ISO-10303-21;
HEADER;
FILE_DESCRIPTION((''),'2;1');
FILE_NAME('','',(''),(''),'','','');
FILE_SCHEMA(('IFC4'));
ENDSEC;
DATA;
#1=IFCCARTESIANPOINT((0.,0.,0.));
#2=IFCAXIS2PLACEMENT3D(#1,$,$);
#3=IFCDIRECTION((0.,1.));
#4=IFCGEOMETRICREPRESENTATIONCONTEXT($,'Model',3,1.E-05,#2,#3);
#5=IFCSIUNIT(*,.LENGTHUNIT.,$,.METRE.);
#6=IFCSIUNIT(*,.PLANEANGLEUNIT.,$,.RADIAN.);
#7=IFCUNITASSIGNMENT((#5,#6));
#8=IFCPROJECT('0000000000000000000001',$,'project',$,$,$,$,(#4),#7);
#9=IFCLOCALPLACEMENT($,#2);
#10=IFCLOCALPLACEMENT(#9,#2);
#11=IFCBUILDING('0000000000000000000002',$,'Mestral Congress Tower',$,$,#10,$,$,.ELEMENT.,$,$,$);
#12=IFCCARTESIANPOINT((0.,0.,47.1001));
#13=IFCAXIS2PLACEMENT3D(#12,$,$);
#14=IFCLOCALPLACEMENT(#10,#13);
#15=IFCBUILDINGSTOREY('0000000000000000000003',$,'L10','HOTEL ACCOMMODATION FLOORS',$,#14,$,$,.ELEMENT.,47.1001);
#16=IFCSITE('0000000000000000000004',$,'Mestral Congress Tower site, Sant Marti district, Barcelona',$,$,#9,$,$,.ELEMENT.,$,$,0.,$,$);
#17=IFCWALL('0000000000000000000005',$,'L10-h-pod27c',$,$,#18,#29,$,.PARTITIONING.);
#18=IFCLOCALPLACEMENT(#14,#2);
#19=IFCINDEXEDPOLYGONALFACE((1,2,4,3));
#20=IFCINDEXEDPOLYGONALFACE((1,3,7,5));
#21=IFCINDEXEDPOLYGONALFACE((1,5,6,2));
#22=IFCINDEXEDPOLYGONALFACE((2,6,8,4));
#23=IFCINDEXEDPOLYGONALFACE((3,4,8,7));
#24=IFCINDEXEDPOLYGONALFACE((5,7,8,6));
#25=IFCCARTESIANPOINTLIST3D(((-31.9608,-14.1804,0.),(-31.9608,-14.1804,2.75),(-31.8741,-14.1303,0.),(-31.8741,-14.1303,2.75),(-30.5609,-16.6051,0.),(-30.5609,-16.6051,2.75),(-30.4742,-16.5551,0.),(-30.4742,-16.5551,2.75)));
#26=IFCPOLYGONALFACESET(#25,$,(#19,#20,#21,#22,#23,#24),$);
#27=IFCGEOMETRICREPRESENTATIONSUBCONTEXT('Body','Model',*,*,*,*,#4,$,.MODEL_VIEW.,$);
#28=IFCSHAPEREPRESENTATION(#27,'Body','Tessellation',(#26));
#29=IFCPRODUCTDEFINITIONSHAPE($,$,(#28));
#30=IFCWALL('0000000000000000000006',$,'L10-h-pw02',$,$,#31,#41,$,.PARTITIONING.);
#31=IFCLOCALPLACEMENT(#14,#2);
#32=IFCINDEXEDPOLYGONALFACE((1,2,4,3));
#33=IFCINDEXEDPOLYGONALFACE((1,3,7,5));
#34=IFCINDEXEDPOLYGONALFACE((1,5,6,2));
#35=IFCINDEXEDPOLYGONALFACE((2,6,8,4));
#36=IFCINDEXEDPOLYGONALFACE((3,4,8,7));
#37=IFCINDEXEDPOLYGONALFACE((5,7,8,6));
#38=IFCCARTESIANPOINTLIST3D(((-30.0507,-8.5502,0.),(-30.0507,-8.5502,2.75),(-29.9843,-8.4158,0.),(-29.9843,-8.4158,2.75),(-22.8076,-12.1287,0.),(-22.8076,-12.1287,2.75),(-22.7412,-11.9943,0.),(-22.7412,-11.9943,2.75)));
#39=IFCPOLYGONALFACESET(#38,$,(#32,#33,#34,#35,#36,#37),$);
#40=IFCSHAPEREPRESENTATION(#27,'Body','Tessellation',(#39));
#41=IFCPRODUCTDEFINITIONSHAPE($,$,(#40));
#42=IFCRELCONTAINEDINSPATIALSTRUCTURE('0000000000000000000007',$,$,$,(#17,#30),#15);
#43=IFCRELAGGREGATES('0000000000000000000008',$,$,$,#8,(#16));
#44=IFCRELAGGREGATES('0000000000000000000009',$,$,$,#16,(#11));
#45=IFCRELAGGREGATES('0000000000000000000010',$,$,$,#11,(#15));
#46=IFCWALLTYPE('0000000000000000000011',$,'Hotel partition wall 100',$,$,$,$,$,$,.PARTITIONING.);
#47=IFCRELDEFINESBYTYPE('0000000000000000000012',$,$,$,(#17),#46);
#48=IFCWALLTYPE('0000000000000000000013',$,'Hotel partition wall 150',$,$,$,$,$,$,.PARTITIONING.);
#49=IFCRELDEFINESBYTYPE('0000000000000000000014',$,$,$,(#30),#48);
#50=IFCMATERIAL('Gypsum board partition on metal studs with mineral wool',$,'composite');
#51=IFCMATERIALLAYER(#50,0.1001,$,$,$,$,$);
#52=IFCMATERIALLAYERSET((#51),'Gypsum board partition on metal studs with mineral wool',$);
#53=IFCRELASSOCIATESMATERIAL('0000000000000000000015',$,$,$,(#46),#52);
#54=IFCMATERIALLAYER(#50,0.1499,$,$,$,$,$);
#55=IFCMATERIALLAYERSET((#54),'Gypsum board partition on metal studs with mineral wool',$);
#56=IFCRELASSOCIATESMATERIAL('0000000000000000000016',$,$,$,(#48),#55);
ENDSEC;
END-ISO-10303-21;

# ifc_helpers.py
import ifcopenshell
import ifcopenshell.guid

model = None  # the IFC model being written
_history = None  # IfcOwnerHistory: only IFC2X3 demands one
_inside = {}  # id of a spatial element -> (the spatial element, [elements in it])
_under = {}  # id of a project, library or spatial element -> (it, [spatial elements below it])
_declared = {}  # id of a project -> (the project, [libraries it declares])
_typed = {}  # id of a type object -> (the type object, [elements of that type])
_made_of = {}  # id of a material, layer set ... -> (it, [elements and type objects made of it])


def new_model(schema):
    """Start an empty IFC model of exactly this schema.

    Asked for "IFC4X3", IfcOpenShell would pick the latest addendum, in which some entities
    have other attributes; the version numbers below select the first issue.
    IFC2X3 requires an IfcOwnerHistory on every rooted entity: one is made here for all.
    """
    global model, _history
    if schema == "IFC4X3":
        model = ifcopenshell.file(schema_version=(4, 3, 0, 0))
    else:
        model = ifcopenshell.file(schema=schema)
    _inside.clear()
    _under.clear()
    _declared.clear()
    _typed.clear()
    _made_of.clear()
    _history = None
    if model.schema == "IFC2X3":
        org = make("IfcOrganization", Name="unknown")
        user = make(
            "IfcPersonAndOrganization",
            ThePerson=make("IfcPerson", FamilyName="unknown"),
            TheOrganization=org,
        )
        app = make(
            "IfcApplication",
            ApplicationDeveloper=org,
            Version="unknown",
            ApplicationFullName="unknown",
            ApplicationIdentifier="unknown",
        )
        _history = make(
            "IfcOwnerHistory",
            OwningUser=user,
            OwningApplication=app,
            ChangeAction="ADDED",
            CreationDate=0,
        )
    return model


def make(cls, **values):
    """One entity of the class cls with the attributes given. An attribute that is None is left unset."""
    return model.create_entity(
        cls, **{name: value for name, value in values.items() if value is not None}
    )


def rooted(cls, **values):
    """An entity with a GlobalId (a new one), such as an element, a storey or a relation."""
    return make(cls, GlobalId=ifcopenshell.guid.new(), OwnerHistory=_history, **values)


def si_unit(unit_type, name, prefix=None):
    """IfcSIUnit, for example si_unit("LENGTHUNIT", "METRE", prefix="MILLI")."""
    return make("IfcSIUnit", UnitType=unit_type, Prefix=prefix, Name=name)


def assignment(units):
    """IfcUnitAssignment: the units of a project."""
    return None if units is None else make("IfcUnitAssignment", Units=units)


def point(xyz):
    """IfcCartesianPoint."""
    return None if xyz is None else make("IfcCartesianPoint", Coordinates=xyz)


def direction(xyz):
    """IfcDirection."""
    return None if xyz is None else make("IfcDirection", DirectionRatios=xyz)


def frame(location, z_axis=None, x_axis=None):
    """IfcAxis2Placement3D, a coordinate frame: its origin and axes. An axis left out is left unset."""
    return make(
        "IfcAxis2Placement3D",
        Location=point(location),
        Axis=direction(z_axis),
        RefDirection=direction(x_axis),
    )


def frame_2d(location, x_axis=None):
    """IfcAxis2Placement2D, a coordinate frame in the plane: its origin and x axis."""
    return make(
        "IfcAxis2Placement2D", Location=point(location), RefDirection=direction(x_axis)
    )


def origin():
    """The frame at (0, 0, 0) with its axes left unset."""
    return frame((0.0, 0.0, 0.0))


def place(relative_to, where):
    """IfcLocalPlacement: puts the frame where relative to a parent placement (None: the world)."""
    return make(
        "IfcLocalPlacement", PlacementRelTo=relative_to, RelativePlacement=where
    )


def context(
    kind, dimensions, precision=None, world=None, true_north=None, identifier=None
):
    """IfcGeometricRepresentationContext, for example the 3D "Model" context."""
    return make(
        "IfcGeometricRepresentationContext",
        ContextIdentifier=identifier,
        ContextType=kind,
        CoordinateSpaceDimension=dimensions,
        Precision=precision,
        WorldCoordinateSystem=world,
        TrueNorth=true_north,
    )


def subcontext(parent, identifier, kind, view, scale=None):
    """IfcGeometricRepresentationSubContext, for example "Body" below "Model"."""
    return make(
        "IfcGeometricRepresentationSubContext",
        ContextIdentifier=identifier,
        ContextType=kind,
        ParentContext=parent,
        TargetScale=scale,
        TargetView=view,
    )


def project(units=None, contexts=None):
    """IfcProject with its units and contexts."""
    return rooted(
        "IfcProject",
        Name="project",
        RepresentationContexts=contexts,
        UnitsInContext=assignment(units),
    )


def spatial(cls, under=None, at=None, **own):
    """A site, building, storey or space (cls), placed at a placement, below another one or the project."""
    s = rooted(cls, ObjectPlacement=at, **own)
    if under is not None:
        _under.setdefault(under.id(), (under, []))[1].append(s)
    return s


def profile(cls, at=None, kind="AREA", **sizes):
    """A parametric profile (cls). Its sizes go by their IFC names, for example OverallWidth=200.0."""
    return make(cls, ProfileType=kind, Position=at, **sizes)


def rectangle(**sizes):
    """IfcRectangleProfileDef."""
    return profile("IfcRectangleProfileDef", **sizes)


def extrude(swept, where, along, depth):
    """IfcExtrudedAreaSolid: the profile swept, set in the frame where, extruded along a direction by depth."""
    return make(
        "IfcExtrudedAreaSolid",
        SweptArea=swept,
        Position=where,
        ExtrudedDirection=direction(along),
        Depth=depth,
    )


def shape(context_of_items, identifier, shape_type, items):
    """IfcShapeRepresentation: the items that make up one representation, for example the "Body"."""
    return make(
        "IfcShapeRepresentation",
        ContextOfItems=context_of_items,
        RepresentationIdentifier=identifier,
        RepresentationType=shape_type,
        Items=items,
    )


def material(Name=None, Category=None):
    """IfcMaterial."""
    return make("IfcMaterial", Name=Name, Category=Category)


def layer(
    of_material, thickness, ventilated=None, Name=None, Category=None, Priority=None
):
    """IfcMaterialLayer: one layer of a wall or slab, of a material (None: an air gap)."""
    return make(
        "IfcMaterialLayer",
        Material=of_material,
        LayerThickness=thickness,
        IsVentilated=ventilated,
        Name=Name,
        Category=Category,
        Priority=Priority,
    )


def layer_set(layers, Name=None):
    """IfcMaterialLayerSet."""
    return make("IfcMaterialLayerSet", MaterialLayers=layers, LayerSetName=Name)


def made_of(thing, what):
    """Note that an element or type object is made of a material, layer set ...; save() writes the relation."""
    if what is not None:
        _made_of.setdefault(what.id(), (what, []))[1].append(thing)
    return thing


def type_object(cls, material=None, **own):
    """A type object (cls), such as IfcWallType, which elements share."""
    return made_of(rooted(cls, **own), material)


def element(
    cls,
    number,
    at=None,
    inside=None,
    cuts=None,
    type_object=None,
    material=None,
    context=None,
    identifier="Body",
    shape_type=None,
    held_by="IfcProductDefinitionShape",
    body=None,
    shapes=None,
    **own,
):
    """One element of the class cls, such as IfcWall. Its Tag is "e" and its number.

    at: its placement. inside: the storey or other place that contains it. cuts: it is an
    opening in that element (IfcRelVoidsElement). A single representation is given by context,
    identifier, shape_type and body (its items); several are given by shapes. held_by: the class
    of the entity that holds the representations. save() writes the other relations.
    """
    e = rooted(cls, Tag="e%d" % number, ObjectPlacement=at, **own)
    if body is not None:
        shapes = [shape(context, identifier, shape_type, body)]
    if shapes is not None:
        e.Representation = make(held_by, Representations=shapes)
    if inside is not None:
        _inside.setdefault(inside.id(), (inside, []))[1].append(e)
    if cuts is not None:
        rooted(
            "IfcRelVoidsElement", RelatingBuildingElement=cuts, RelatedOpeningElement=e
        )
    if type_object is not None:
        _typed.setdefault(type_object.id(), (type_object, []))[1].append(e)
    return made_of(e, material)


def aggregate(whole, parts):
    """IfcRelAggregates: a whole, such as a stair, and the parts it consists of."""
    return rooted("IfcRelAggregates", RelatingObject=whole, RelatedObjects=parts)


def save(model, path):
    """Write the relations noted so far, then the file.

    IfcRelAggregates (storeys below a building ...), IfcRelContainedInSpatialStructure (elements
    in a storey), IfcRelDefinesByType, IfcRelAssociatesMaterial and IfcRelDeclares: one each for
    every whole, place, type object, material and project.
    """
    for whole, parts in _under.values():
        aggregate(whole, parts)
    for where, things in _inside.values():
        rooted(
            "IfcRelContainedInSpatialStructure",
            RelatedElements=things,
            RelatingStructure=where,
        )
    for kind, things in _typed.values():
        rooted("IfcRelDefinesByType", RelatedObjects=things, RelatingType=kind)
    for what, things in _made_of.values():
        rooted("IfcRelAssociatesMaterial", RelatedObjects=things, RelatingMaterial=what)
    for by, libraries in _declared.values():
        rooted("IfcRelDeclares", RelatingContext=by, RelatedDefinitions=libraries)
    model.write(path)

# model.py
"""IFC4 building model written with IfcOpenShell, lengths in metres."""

from ifc_helpers import new_model, si_unit, direction, frame, frame_2d, origin, place, context, subcontext, project, spatial, rectangle, extrude, material, layer, layer_set, type_object, element, save


model = new_model("IFC4")

# Units and contexts
model_context = context("Model", 3, precision=1e-05, world=origin(), true_north=direction((0.0, 1.0)))
body_context = subcontext(model_context, "Body", "Model", "MODEL_VIEW")
ifc_project = project(units=[si_unit("LENGTHUNIT", "METRE"), si_unit("PLANEANGLEUNIT", "RADIAN")], contexts=[model_context])

# Site, building, storey
site_placement = place(None, origin())
site = spatial("IfcSite", under=ifc_project, at=site_placement, Name="Mestral Congress Tower site, Sant Marti district, Barcelona", CompositionType="ELEMENT", RefElevation=0.0)
building_placement = place(site_placement, origin())
building = spatial("IfcBuilding", under=site, at=building_placement, Name="Mestral Congress Tower", CompositionType="ELEMENT")
storey_placement = place(building_placement, frame((0.0, 0.0, 47.1001)))
storey = spatial("IfcBuildingStorey", under=building, at=storey_placement, Name="L10", Description="HOTEL ACCOMMODATION FLOORS", CompositionType="ELEMENT", Elevation=47.1001)

# Walls
ifc_material_1 = material(Name="Gypsum board partition on metal studs with mineral wool", Category="composite")
ifc_layer_1 = layer(ifc_material_1, 0.1001)
ifc_layer_set_1 = layer_set([ifc_layer_1], Name="Gypsum board partition on metal studs with mineral wool")
wall_type_1 = type_object("IfcWallType", Name="Hotel partition wall 100", PredefinedType="PARTITIONING", material=ifc_layer_set_1)
wall_1_placement = place(storey_placement, frame((-30.5176, -16.5801, 0.0), z_axis=(0.0, 0.0, 1.0), x_axis=(-0.499984, 0.866035, 0.0)))
element("IfcWall", 1, at=wall_1_placement, inside=storey, type_object=wall_type_1, Name="L10-h-pod27c", PredefinedType="PARTITIONING", context=body_context, shape_type="SweptSolid", body=[
    extrude(rectangle(XDim=2.7998, YDim=0.1001, at=frame_2d((1.3999, 0.0))), origin(), (0.0, 0.0, 1.0), 2.75),
])
ifc_layer_2 = layer(ifc_material_1, 0.1499)
ifc_layer_set_2 = layer_set([ifc_layer_2], Name="Gypsum board partition on metal studs with mineral wool")
wall_type_2 = type_object("IfcWallType", Name="Hotel partition wall 150", PredefinedType="PARTITIONING", material=ifc_layer_set_2)
wall_2_placement = place(storey_placement, frame((-30.0176, -8.4829, 0.0), z_axis=(0.0, 0.0, 1.0), x_axis=(0.896545, -0.442954, 0.0)))
element("IfcWall", 2, at=wall_2_placement, inside=storey, type_object=wall_type_2, Name="L10-h-pw02", PredefinedType="PARTITIONING", context=body_context, shape_type="SweptSolid", body=[
    extrude(rectangle(XDim=8.0789, YDim=0.1499, at=frame_2d((4.0396, 0.0))), origin(), (0.0, 0.0, 1.0), 2.75),
])

save(model, "model.ifc")
